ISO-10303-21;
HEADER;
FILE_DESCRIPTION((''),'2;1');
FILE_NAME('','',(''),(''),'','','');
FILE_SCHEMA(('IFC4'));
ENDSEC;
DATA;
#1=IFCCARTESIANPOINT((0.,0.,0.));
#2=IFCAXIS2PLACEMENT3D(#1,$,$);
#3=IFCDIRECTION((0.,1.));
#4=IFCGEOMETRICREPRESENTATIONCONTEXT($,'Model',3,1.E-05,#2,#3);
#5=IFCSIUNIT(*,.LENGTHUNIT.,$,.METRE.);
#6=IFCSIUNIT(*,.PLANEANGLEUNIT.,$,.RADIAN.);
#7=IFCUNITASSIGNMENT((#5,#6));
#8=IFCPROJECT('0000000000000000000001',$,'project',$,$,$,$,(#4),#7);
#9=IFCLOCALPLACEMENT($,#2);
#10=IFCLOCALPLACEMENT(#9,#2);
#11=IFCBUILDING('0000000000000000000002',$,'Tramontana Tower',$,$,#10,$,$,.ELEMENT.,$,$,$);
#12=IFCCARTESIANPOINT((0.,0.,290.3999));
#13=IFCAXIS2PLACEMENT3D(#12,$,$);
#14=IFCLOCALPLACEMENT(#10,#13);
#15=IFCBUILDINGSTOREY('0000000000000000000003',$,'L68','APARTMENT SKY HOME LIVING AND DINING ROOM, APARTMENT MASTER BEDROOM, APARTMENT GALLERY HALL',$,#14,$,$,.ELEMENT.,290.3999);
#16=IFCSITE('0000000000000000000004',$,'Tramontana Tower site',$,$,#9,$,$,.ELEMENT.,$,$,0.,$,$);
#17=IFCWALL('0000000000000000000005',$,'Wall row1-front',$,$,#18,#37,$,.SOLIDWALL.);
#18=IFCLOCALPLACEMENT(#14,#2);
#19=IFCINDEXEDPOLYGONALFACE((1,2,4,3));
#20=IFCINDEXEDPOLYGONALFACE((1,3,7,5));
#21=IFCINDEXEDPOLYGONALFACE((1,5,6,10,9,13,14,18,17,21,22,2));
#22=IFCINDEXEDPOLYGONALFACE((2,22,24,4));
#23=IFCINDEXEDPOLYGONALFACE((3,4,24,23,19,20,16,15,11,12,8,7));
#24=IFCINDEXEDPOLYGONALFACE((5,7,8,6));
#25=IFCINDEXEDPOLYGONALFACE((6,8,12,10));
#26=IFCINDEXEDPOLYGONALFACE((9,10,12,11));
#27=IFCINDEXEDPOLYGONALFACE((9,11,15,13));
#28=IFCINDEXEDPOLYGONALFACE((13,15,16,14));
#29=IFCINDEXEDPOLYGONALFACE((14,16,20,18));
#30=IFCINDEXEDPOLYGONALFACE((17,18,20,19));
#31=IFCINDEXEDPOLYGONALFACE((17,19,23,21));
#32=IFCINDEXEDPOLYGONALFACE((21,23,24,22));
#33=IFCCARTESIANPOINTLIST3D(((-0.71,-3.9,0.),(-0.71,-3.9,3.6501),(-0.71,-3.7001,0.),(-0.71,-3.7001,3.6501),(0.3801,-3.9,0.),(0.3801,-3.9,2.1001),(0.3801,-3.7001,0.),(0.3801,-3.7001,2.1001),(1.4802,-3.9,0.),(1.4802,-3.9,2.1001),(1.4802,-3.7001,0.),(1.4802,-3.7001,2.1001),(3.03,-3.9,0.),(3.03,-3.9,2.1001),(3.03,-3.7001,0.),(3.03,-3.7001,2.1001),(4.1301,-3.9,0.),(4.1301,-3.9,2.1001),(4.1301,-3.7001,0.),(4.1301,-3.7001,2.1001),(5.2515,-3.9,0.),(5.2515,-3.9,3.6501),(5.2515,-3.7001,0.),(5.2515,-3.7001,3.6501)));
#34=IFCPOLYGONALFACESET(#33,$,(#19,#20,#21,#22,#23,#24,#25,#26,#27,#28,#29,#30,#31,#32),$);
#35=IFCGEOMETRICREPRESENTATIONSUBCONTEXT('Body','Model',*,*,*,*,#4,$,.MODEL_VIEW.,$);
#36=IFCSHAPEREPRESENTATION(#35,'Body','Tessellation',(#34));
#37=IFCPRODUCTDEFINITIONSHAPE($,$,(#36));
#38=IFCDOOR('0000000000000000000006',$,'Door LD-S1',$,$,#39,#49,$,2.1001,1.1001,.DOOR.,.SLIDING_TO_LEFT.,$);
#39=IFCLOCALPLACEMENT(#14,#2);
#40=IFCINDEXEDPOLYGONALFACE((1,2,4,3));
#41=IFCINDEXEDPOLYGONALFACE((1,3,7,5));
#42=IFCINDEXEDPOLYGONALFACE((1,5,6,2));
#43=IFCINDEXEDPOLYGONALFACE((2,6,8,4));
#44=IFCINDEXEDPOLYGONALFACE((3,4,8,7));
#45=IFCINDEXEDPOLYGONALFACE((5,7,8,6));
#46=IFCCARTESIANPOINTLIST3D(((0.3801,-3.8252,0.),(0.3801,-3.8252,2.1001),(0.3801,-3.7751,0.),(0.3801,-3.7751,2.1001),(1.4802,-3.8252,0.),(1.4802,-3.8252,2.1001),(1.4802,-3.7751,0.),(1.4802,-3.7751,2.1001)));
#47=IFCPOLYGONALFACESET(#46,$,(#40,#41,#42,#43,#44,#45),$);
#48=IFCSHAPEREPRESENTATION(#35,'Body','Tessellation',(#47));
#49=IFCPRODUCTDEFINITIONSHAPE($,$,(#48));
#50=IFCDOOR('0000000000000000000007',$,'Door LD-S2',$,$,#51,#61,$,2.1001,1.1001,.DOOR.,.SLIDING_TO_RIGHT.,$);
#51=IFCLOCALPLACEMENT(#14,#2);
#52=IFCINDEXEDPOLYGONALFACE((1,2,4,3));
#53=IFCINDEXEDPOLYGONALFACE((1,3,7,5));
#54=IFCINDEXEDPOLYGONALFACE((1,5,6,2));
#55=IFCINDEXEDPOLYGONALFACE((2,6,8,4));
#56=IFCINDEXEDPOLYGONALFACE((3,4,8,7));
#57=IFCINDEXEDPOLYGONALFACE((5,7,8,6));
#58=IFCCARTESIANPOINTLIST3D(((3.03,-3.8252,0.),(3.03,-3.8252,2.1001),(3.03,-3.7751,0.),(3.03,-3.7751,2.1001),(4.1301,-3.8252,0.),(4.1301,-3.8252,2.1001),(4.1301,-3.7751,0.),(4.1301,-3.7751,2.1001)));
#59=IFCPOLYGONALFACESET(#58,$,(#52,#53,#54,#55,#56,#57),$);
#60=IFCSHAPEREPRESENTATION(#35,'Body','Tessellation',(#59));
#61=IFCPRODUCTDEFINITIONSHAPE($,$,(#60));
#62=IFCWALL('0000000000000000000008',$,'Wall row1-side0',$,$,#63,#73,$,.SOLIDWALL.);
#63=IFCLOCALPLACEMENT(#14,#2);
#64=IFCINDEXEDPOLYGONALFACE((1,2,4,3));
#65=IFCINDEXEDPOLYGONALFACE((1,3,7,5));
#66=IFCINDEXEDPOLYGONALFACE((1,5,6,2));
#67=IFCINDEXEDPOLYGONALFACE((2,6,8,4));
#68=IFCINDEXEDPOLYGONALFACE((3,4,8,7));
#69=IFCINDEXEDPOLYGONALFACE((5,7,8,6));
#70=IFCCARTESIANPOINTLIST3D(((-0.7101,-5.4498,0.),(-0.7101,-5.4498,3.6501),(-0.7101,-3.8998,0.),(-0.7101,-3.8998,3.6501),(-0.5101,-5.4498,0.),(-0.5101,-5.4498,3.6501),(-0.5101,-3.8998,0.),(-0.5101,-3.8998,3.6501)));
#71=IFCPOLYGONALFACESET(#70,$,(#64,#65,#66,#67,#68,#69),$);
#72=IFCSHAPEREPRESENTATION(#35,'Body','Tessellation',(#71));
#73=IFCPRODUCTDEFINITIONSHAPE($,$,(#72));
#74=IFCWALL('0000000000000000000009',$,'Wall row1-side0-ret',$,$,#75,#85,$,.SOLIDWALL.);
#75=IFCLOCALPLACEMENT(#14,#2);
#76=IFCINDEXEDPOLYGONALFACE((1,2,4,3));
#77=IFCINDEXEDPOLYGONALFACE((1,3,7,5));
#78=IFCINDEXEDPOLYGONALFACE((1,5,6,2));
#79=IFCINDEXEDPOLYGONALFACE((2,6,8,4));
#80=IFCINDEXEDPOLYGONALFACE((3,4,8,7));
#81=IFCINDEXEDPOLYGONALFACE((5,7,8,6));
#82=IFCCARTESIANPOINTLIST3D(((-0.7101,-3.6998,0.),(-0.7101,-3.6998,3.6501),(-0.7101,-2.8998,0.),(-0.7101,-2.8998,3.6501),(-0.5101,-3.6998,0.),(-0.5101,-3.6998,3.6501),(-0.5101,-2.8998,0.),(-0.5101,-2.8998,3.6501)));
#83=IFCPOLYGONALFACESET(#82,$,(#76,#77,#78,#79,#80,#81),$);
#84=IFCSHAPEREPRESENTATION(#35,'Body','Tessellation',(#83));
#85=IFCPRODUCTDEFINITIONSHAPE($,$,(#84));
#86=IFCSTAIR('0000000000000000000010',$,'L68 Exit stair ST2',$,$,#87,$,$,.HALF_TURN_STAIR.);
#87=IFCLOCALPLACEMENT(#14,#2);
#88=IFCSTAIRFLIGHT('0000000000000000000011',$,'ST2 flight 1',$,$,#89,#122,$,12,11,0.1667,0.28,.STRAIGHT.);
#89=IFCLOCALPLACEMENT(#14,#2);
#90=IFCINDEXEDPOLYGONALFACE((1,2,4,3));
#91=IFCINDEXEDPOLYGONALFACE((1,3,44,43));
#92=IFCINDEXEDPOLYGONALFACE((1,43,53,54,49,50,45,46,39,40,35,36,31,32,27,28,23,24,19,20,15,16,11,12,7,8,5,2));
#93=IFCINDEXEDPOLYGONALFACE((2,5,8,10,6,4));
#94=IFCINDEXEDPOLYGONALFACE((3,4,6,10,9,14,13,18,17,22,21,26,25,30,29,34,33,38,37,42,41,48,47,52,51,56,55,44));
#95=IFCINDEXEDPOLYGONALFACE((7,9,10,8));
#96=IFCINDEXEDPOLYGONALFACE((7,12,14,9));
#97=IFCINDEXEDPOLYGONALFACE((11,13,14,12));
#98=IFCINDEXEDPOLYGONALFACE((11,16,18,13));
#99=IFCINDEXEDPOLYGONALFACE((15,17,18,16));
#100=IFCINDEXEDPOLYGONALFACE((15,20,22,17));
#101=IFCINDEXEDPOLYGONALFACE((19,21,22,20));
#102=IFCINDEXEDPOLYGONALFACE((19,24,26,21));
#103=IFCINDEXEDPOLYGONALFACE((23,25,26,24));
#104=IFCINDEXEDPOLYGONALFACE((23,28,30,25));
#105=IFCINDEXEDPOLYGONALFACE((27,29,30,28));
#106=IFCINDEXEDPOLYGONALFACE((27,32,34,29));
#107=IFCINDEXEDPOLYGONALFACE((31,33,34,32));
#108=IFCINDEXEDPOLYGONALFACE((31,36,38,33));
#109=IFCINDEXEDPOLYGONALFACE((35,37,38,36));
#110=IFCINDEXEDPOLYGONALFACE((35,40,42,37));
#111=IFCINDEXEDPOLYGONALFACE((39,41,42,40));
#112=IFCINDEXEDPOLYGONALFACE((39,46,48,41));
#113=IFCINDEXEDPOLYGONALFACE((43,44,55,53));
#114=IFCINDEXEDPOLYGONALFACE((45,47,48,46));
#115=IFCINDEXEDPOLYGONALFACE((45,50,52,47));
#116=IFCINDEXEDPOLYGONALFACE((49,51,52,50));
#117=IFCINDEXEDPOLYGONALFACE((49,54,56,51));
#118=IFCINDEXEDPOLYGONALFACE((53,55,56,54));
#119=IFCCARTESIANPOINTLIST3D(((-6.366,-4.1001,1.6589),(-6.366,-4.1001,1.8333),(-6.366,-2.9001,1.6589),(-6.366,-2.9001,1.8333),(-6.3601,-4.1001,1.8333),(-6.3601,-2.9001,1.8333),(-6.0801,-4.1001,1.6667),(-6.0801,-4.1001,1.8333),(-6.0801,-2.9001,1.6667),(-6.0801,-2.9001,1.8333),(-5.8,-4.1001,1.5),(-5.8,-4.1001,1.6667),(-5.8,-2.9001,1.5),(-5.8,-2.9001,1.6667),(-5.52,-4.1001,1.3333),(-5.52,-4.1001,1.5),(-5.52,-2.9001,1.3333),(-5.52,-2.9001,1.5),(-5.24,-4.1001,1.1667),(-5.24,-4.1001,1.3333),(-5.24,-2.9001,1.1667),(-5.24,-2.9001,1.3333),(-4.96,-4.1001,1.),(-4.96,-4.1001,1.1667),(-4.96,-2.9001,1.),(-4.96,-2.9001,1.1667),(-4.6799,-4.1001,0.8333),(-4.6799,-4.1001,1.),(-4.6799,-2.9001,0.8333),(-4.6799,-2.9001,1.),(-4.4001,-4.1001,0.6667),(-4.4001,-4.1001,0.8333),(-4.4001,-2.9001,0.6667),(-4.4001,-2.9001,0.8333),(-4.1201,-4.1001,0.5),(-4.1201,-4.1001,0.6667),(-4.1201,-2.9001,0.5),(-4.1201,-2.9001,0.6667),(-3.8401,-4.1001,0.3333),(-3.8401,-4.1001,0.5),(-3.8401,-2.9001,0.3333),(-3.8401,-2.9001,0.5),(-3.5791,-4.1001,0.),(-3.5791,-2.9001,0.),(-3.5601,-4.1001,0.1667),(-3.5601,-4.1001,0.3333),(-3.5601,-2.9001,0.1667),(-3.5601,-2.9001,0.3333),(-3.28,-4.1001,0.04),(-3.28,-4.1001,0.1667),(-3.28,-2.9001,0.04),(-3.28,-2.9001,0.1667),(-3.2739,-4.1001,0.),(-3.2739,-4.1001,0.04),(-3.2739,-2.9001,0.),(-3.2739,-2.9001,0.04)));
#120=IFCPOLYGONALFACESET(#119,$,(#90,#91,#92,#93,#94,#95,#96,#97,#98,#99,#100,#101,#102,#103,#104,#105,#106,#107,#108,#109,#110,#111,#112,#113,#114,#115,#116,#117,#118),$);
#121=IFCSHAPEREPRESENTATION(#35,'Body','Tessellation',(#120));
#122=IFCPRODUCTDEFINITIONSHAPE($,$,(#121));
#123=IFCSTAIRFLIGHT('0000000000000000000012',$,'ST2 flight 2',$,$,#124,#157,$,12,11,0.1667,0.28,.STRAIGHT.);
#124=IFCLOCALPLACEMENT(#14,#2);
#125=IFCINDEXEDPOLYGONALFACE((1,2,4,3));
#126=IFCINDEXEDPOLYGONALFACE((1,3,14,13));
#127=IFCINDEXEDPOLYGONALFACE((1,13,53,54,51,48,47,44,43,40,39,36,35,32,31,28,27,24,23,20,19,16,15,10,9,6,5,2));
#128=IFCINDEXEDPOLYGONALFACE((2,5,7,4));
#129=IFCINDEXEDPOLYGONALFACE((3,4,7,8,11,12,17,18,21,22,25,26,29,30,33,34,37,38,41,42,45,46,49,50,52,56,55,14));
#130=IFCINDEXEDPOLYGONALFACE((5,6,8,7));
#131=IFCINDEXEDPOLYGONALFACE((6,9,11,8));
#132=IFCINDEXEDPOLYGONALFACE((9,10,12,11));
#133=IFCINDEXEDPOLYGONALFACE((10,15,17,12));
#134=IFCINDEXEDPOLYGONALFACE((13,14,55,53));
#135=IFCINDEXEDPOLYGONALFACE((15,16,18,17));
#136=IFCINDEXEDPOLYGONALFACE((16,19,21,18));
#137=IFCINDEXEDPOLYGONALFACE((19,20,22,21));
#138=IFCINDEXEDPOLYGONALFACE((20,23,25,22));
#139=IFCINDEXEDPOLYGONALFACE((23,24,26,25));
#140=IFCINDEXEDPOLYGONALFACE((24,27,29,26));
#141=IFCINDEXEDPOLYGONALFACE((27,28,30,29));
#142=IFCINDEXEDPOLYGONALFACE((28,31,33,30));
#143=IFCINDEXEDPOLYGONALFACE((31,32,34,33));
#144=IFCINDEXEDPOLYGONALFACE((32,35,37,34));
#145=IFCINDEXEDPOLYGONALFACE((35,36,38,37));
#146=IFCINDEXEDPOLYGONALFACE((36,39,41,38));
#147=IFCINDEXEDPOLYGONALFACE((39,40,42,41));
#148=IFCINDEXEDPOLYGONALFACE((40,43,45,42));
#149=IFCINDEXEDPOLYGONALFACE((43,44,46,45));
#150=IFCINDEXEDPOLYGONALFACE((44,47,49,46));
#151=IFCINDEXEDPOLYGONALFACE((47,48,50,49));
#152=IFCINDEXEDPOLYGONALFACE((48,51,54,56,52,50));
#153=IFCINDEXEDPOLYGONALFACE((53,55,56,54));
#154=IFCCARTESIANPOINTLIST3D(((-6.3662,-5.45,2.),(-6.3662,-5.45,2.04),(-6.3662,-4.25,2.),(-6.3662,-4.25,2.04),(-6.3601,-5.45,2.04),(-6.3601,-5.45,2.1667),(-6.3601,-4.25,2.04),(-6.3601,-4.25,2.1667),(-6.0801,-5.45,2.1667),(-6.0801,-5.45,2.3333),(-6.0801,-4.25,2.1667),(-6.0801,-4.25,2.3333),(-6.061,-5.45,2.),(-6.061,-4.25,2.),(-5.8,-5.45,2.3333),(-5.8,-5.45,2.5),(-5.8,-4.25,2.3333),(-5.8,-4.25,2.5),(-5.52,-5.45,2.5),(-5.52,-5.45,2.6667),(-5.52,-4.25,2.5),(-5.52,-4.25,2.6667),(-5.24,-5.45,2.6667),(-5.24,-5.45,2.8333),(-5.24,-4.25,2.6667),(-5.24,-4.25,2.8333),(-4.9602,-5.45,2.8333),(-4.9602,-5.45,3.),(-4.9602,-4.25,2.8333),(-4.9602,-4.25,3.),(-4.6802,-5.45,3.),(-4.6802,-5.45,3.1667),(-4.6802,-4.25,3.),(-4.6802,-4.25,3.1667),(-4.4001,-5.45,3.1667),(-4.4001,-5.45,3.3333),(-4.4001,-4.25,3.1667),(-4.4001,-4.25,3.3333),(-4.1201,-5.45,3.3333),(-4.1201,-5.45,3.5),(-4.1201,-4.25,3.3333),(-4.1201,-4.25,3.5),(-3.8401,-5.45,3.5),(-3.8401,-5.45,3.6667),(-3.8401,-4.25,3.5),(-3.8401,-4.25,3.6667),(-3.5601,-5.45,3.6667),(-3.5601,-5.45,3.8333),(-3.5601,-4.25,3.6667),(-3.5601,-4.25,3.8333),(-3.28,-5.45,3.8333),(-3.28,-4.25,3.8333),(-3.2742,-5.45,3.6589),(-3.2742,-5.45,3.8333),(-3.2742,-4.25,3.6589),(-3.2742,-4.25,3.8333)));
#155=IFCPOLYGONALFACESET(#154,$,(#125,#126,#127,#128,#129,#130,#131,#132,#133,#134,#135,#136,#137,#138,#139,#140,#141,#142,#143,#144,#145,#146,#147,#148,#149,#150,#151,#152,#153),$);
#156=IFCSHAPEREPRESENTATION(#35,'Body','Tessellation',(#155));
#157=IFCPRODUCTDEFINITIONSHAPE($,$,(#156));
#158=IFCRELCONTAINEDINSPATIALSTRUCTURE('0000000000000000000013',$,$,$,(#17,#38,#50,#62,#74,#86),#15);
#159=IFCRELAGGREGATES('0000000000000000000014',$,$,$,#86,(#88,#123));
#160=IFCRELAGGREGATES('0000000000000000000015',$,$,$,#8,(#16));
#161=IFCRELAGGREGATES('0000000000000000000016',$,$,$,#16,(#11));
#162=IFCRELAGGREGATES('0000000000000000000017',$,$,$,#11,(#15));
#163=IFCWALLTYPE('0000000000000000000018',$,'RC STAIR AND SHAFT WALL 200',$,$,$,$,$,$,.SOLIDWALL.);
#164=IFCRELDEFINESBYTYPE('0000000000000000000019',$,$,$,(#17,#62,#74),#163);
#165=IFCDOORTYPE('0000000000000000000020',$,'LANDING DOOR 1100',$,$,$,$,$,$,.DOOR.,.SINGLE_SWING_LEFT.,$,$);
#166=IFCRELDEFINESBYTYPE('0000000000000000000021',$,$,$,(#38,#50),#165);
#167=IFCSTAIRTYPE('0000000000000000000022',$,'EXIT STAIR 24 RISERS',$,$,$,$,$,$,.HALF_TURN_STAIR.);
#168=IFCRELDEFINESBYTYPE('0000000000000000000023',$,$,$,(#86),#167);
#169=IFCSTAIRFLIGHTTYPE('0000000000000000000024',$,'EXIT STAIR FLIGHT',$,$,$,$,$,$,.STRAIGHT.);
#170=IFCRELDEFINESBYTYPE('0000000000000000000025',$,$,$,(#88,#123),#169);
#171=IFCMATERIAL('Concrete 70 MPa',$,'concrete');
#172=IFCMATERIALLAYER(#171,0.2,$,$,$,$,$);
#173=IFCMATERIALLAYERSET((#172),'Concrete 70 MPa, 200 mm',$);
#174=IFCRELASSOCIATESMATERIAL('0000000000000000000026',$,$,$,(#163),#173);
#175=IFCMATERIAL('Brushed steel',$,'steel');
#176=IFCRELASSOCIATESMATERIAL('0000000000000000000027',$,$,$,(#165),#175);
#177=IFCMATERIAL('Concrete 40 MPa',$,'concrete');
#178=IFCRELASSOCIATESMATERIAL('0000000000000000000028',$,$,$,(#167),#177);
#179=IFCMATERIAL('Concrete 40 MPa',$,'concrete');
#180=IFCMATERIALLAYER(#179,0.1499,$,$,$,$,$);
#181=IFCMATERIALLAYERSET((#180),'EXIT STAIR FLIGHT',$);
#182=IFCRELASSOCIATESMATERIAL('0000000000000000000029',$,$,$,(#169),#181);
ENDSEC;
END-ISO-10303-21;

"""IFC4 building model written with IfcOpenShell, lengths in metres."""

from ifc_helpers import new_model, si_unit, direction, frame, frame_2d, origin, place, context, subcontext, project, spatial, polyline, rectangle, outline, extrude, material, layer, layer_set, type_object, element, fill, aggregate, save


model = new_model("IFC4")

# Units and contexts
model_context = context("Model", 3, precision=1e-05, world=origin(), true_north=direction((0.0, 1.0)))
body_context = subcontext(model_context, "Body", "Model", "MODEL_VIEW")
ifc_project = project(units=[si_unit("LENGTHUNIT", "METRE"), si_unit("PLANEANGLEUNIT", "RADIAN")], contexts=[model_context])

# Site, building, storey
site_placement = place(None, origin())
site = spatial("IfcSite", under=ifc_project, at=site_placement, Name="Tramontana Tower site", CompositionType="ELEMENT", RefElevation=0.0)
building_placement = place(site_placement, origin())
building = spatial("IfcBuilding", under=site, at=building_placement, Name="Tramontana Tower", CompositionType="ELEMENT")
storey_placement = place(building_placement, frame((0.0, 0.0, 290.3999)))
storey = spatial("IfcBuildingStorey", under=building, at=storey_placement, Name="L68", Description="APARTMENT SKY HOME LIVING AND DINING ROOM, APARTMENT MASTER BEDROOM, APARTMENT GALLERY HALL", CompositionType="ELEMENT", Elevation=290.3999)

# Shared definitions
ifc_material_1 = material(Name="Concrete 70 MPa", Category="concrete")
ifc_layer_1 = layer(ifc_material_1, 0.2)
ifc_layer_set_1 = layer_set([ifc_layer_1], Name="Concrete 70 MPa, 200 mm")
wall_type_1 = type_object("IfcWallType", Name="RC STAIR AND SHAFT WALL 200", PredefinedType="SOLIDWALL", material=ifc_layer_set_1)

# Wall, openings, doors
wall_1_placement = place(storey_placement, frame((-0.71, -3.8, 0.0), z_axis=(0.0, 0.0, 1.0), x_axis=(1.0, 0.0, 0.0)))
wall_1 = element("IfcWall", 1, at=wall_1_placement, inside=storey, type_object=wall_type_1, Name="Wall row1-front", PredefinedType="SOLIDWALL", context=body_context, shape_type="SweptSolid", body=[
    extrude(rectangle(XDim=5.9614, YDim=0.2, at=frame_2d((2.9807, 0.0))), origin(), (0.0, 0.0, 1.0), 3.6501),
])
opening_1_placement = place(wall_1_placement, frame((1.0901, 0.0, 0.0)))
opening_1 = element("IfcOpeningElement", 2, at=opening_1_placement, cuts=wall_1, PredefinedType="OPENING", context=body_context, shape_type="SweptSolid", body=[
    extrude(rectangle(XDim=1.1001, YDim=2.1001, at=frame_2d((0.55, 1.05))), frame((0.0, 0.1099, 0.0), z_axis=(0.0, -1.0, 0.0), x_axis=(1.0, 0.0, 0.0)), (0.0, 0.0, 1.0), 0.22),
])
opening_2_placement = place(wall_1_placement, frame((3.74, 0.0, 0.0)))
opening_2 = element("IfcOpeningElement", 3, at=opening_2_placement, cuts=wall_1, PredefinedType="OPENING", context=body_context, shape_type="SweptSolid", body=[
    extrude(rectangle(XDim=1.1001, YDim=2.1001, at=frame_2d((0.55, 1.05))), frame((0.0, 0.1099, 0.0), z_axis=(0.0, -1.0, 0.0), x_axis=(1.0, 0.0, 0.0)), (0.0, 0.0, 1.0), 0.22),
])
ifc_material_2 = material(Name="Brushed steel", Category="steel")
door_type_1 = type_object("IfcDoorType", Name="LANDING DOOR 1100", OperationType="SINGLE_SWING_LEFT", PredefinedType="DOOR", material=ifc_material_2)
door_1_placement = place(opening_1_placement, origin())
door_1 = element("IfcDoor", 4, at=door_1_placement, inside=storey, type_object=door_type_1, Name="Door LD-S1", OperationType="SLIDING_TO_LEFT", OverallHeight=2.1001, OverallWidth=1.1001, PredefinedType="DOOR", context=body_context, shape_type="SweptSolid", body=[
    extrude(rectangle(XDim=1.1001, YDim=2.1001, at=frame_2d((0.55, 1.05))), frame((0.0, 0.0249, 0.0), z_axis=(0.0, -1.0, 0.0), x_axis=(1.0, 0.0, 0.0)), (0.0, 0.0, 1.0), 0.05),
])
fill(opening_1, door_1)
door_2_placement = place(opening_2_placement, origin())
door_2 = element("IfcDoor", 5, at=door_2_placement, inside=storey, type_object=door_type_1, Name="Door LD-S2", OperationType="SLIDING_TO_RIGHT", OverallHeight=2.1001, OverallWidth=1.1001, PredefinedType="DOOR", context=body_context, shape_type="SweptSolid", body=[
    extrude(rectangle(XDim=1.1001, YDim=2.1001, at=frame_2d((0.55, 1.05))), frame((0.0, 0.0249, 0.0), z_axis=(0.0, -1.0, 0.0), x_axis=(1.0, 0.0, 0.0)), (0.0, 0.0, 1.0), 0.05),
])
fill(opening_2, door_2)

# Walls
wall_2_placement = place(storey_placement, frame((-0.6101, -3.8999, 0.0), z_axis=(0.0, 0.0, 1.0), x_axis=(0.0, -1.0, 0.0)))
element("IfcWall", 6, at=wall_2_placement, inside=storey, type_object=wall_type_1, Name="Wall row1-side0", PredefinedType="SOLIDWALL", context=body_context, shape_type="SweptSolid", body=[
    extrude(rectangle(XDim=1.55, YDim=0.2, at=frame_2d((0.7749, 0.0))), origin(), (0.0, 0.0, 1.0), 3.6501),
])
wall_3_placement = place(storey_placement, frame((-0.6101, -2.8999, 0.0), z_axis=(0.0, 0.0, 1.0), x_axis=(0.0, -1.0, 0.0)))
element("IfcWall", 7, at=wall_3_placement, inside=storey, type_object=wall_type_1, Name="Wall row1-side0-ret", PredefinedType="SOLIDWALL", context=body_context, shape_type="SweptSolid", body=[
    extrude(rectangle(XDim=0.8, YDim=0.2, at=frame_2d((0.3999, 0.0))), origin(), (0.0, 0.0, 1.0), 3.6501),
])

# Stair, stair flights
ifc_material_3 = material(Name="Concrete 40 MPa", Category="concrete")
stair_type = type_object("IfcStairType", Name="EXIT STAIR 24 RISERS", PredefinedType="HALF_TURN_STAIR", material=ifc_material_3)
stair_placement = place(storey_placement, origin())
stair = element("IfcStair", 8, at=stair_placement, inside=storey, type_object=stair_type, Name="L68 Exit stair ST2", PredefinedType="HALF_TURN_STAIR")
ifc_material_4 = material(Name="Concrete 40 MPa", Category="concrete")
ifc_layer_2 = layer(ifc_material_4, 0.1499)
ifc_layer_set_2 = layer_set([ifc_layer_2], Name="EXIT STAIR FLIGHT")
stair_flight_type = type_object("IfcStairFlightType", Name="EXIT STAIR FLIGHT", PredefinedType="STRAIGHT", material=ifc_layer_set_2)
stair_flight_1_placement = place(storey_placement, frame((-3.28, -3.5, 0.0), z_axis=(0.0, 0.0, 1.0), x_axis=(-1.0, 0.0, 0.0)))
stair_flight_1 = element("IfcStairFlight", 9, at=stair_flight_1_placement, type_object=stair_flight_type, Name="ST2 flight 1", NumberOfRisers=12, NumberOfTreads=11, PredefinedType="STRAIGHT", RiserHeight=0.1667, TreadLength=0.28, context=body_context, shape_type="SweptSolid", body=[
    extrude(outline(polyline([(-0.0061, 0.0), (-0.0061, 0.04), (0.0, 0.04), (0.0, 0.1667), (0.28, 0.1667), (0.28, 0.3333), (0.5601, 0.3333), (0.5601, 0.5), (0.8401, 0.5), (0.8401, 0.6667), (1.1201, 0.6667), (1.1201, 0.8333), (1.3999, 0.8333), (1.3999, 1.0), (1.6799, 1.0), (1.6799, 1.1667), (1.96, 1.1667), (1.96, 1.3333), (2.24, 1.3333), (2.24, 1.5), (2.52, 1.5), (2.52, 1.6667), (2.8, 1.6667), (2.8, 1.8333), (3.0801, 1.8333), (3.0859, 1.8333), (3.0859, 1.6589), (0.2991, 0.0), (-0.0061, 0.0)])), frame((0.0, 0.6001, 0.0), z_axis=(0.0, -1.0, 0.0), x_axis=(1.0, 0.0, 0.0)), (0.0, 0.0, 1.0), 1.2),
])
stair_flight_2_placement = place(storey_placement, frame((-6.3601, -4.8501, 2.0), z_axis=(0.0, 0.0, 1.0), x_axis=(1.0, 0.0, 0.0)))
stair_flight_2 = element("IfcStairFlight", 10, at=stair_flight_2_placement, type_object=stair_flight_type, Name="ST2 flight 2", NumberOfRisers=12, NumberOfTreads=11, PredefinedType="STRAIGHT", RiserHeight=0.1667, TreadLength=0.28, context=body_context, shape_type="SweptSolid", body=[
    extrude(outline(polyline([(-0.0061, 0.0), (-0.0061, 0.04), (0.0, 0.04), (0.0, 0.1667), (0.28, 0.1667), (0.28, 0.3333), (0.5601, 0.3333), (0.5601, 0.5), (0.8401, 0.5), (0.8401, 0.6667), (1.1201, 0.6667), (1.1201, 0.8333), (1.3999, 0.8333), (1.3999, 1.0), (1.6799, 1.0), (1.6799, 1.1667), (1.96, 1.1667), (1.96, 1.3333), (2.24, 1.3333), (2.24, 1.5), (2.52, 1.5), (2.52, 1.6667), (2.8, 1.6667), (2.8, 1.8333), (3.0801, 1.8333), (3.0859, 1.8333), (3.0859, 1.6589), (0.2991, 0.0), (-0.0061, 0.0)])), frame((0.0, 0.6001, 0.0), z_axis=(0.0, -1.0, 0.0), x_axis=(1.0, 0.0, 0.0)), (0.0, 0.0, 1.0), 1.2),
])
aggregate(stair, [stair_flight_1, stair_flight_2])

save(model, "model.ifc")
